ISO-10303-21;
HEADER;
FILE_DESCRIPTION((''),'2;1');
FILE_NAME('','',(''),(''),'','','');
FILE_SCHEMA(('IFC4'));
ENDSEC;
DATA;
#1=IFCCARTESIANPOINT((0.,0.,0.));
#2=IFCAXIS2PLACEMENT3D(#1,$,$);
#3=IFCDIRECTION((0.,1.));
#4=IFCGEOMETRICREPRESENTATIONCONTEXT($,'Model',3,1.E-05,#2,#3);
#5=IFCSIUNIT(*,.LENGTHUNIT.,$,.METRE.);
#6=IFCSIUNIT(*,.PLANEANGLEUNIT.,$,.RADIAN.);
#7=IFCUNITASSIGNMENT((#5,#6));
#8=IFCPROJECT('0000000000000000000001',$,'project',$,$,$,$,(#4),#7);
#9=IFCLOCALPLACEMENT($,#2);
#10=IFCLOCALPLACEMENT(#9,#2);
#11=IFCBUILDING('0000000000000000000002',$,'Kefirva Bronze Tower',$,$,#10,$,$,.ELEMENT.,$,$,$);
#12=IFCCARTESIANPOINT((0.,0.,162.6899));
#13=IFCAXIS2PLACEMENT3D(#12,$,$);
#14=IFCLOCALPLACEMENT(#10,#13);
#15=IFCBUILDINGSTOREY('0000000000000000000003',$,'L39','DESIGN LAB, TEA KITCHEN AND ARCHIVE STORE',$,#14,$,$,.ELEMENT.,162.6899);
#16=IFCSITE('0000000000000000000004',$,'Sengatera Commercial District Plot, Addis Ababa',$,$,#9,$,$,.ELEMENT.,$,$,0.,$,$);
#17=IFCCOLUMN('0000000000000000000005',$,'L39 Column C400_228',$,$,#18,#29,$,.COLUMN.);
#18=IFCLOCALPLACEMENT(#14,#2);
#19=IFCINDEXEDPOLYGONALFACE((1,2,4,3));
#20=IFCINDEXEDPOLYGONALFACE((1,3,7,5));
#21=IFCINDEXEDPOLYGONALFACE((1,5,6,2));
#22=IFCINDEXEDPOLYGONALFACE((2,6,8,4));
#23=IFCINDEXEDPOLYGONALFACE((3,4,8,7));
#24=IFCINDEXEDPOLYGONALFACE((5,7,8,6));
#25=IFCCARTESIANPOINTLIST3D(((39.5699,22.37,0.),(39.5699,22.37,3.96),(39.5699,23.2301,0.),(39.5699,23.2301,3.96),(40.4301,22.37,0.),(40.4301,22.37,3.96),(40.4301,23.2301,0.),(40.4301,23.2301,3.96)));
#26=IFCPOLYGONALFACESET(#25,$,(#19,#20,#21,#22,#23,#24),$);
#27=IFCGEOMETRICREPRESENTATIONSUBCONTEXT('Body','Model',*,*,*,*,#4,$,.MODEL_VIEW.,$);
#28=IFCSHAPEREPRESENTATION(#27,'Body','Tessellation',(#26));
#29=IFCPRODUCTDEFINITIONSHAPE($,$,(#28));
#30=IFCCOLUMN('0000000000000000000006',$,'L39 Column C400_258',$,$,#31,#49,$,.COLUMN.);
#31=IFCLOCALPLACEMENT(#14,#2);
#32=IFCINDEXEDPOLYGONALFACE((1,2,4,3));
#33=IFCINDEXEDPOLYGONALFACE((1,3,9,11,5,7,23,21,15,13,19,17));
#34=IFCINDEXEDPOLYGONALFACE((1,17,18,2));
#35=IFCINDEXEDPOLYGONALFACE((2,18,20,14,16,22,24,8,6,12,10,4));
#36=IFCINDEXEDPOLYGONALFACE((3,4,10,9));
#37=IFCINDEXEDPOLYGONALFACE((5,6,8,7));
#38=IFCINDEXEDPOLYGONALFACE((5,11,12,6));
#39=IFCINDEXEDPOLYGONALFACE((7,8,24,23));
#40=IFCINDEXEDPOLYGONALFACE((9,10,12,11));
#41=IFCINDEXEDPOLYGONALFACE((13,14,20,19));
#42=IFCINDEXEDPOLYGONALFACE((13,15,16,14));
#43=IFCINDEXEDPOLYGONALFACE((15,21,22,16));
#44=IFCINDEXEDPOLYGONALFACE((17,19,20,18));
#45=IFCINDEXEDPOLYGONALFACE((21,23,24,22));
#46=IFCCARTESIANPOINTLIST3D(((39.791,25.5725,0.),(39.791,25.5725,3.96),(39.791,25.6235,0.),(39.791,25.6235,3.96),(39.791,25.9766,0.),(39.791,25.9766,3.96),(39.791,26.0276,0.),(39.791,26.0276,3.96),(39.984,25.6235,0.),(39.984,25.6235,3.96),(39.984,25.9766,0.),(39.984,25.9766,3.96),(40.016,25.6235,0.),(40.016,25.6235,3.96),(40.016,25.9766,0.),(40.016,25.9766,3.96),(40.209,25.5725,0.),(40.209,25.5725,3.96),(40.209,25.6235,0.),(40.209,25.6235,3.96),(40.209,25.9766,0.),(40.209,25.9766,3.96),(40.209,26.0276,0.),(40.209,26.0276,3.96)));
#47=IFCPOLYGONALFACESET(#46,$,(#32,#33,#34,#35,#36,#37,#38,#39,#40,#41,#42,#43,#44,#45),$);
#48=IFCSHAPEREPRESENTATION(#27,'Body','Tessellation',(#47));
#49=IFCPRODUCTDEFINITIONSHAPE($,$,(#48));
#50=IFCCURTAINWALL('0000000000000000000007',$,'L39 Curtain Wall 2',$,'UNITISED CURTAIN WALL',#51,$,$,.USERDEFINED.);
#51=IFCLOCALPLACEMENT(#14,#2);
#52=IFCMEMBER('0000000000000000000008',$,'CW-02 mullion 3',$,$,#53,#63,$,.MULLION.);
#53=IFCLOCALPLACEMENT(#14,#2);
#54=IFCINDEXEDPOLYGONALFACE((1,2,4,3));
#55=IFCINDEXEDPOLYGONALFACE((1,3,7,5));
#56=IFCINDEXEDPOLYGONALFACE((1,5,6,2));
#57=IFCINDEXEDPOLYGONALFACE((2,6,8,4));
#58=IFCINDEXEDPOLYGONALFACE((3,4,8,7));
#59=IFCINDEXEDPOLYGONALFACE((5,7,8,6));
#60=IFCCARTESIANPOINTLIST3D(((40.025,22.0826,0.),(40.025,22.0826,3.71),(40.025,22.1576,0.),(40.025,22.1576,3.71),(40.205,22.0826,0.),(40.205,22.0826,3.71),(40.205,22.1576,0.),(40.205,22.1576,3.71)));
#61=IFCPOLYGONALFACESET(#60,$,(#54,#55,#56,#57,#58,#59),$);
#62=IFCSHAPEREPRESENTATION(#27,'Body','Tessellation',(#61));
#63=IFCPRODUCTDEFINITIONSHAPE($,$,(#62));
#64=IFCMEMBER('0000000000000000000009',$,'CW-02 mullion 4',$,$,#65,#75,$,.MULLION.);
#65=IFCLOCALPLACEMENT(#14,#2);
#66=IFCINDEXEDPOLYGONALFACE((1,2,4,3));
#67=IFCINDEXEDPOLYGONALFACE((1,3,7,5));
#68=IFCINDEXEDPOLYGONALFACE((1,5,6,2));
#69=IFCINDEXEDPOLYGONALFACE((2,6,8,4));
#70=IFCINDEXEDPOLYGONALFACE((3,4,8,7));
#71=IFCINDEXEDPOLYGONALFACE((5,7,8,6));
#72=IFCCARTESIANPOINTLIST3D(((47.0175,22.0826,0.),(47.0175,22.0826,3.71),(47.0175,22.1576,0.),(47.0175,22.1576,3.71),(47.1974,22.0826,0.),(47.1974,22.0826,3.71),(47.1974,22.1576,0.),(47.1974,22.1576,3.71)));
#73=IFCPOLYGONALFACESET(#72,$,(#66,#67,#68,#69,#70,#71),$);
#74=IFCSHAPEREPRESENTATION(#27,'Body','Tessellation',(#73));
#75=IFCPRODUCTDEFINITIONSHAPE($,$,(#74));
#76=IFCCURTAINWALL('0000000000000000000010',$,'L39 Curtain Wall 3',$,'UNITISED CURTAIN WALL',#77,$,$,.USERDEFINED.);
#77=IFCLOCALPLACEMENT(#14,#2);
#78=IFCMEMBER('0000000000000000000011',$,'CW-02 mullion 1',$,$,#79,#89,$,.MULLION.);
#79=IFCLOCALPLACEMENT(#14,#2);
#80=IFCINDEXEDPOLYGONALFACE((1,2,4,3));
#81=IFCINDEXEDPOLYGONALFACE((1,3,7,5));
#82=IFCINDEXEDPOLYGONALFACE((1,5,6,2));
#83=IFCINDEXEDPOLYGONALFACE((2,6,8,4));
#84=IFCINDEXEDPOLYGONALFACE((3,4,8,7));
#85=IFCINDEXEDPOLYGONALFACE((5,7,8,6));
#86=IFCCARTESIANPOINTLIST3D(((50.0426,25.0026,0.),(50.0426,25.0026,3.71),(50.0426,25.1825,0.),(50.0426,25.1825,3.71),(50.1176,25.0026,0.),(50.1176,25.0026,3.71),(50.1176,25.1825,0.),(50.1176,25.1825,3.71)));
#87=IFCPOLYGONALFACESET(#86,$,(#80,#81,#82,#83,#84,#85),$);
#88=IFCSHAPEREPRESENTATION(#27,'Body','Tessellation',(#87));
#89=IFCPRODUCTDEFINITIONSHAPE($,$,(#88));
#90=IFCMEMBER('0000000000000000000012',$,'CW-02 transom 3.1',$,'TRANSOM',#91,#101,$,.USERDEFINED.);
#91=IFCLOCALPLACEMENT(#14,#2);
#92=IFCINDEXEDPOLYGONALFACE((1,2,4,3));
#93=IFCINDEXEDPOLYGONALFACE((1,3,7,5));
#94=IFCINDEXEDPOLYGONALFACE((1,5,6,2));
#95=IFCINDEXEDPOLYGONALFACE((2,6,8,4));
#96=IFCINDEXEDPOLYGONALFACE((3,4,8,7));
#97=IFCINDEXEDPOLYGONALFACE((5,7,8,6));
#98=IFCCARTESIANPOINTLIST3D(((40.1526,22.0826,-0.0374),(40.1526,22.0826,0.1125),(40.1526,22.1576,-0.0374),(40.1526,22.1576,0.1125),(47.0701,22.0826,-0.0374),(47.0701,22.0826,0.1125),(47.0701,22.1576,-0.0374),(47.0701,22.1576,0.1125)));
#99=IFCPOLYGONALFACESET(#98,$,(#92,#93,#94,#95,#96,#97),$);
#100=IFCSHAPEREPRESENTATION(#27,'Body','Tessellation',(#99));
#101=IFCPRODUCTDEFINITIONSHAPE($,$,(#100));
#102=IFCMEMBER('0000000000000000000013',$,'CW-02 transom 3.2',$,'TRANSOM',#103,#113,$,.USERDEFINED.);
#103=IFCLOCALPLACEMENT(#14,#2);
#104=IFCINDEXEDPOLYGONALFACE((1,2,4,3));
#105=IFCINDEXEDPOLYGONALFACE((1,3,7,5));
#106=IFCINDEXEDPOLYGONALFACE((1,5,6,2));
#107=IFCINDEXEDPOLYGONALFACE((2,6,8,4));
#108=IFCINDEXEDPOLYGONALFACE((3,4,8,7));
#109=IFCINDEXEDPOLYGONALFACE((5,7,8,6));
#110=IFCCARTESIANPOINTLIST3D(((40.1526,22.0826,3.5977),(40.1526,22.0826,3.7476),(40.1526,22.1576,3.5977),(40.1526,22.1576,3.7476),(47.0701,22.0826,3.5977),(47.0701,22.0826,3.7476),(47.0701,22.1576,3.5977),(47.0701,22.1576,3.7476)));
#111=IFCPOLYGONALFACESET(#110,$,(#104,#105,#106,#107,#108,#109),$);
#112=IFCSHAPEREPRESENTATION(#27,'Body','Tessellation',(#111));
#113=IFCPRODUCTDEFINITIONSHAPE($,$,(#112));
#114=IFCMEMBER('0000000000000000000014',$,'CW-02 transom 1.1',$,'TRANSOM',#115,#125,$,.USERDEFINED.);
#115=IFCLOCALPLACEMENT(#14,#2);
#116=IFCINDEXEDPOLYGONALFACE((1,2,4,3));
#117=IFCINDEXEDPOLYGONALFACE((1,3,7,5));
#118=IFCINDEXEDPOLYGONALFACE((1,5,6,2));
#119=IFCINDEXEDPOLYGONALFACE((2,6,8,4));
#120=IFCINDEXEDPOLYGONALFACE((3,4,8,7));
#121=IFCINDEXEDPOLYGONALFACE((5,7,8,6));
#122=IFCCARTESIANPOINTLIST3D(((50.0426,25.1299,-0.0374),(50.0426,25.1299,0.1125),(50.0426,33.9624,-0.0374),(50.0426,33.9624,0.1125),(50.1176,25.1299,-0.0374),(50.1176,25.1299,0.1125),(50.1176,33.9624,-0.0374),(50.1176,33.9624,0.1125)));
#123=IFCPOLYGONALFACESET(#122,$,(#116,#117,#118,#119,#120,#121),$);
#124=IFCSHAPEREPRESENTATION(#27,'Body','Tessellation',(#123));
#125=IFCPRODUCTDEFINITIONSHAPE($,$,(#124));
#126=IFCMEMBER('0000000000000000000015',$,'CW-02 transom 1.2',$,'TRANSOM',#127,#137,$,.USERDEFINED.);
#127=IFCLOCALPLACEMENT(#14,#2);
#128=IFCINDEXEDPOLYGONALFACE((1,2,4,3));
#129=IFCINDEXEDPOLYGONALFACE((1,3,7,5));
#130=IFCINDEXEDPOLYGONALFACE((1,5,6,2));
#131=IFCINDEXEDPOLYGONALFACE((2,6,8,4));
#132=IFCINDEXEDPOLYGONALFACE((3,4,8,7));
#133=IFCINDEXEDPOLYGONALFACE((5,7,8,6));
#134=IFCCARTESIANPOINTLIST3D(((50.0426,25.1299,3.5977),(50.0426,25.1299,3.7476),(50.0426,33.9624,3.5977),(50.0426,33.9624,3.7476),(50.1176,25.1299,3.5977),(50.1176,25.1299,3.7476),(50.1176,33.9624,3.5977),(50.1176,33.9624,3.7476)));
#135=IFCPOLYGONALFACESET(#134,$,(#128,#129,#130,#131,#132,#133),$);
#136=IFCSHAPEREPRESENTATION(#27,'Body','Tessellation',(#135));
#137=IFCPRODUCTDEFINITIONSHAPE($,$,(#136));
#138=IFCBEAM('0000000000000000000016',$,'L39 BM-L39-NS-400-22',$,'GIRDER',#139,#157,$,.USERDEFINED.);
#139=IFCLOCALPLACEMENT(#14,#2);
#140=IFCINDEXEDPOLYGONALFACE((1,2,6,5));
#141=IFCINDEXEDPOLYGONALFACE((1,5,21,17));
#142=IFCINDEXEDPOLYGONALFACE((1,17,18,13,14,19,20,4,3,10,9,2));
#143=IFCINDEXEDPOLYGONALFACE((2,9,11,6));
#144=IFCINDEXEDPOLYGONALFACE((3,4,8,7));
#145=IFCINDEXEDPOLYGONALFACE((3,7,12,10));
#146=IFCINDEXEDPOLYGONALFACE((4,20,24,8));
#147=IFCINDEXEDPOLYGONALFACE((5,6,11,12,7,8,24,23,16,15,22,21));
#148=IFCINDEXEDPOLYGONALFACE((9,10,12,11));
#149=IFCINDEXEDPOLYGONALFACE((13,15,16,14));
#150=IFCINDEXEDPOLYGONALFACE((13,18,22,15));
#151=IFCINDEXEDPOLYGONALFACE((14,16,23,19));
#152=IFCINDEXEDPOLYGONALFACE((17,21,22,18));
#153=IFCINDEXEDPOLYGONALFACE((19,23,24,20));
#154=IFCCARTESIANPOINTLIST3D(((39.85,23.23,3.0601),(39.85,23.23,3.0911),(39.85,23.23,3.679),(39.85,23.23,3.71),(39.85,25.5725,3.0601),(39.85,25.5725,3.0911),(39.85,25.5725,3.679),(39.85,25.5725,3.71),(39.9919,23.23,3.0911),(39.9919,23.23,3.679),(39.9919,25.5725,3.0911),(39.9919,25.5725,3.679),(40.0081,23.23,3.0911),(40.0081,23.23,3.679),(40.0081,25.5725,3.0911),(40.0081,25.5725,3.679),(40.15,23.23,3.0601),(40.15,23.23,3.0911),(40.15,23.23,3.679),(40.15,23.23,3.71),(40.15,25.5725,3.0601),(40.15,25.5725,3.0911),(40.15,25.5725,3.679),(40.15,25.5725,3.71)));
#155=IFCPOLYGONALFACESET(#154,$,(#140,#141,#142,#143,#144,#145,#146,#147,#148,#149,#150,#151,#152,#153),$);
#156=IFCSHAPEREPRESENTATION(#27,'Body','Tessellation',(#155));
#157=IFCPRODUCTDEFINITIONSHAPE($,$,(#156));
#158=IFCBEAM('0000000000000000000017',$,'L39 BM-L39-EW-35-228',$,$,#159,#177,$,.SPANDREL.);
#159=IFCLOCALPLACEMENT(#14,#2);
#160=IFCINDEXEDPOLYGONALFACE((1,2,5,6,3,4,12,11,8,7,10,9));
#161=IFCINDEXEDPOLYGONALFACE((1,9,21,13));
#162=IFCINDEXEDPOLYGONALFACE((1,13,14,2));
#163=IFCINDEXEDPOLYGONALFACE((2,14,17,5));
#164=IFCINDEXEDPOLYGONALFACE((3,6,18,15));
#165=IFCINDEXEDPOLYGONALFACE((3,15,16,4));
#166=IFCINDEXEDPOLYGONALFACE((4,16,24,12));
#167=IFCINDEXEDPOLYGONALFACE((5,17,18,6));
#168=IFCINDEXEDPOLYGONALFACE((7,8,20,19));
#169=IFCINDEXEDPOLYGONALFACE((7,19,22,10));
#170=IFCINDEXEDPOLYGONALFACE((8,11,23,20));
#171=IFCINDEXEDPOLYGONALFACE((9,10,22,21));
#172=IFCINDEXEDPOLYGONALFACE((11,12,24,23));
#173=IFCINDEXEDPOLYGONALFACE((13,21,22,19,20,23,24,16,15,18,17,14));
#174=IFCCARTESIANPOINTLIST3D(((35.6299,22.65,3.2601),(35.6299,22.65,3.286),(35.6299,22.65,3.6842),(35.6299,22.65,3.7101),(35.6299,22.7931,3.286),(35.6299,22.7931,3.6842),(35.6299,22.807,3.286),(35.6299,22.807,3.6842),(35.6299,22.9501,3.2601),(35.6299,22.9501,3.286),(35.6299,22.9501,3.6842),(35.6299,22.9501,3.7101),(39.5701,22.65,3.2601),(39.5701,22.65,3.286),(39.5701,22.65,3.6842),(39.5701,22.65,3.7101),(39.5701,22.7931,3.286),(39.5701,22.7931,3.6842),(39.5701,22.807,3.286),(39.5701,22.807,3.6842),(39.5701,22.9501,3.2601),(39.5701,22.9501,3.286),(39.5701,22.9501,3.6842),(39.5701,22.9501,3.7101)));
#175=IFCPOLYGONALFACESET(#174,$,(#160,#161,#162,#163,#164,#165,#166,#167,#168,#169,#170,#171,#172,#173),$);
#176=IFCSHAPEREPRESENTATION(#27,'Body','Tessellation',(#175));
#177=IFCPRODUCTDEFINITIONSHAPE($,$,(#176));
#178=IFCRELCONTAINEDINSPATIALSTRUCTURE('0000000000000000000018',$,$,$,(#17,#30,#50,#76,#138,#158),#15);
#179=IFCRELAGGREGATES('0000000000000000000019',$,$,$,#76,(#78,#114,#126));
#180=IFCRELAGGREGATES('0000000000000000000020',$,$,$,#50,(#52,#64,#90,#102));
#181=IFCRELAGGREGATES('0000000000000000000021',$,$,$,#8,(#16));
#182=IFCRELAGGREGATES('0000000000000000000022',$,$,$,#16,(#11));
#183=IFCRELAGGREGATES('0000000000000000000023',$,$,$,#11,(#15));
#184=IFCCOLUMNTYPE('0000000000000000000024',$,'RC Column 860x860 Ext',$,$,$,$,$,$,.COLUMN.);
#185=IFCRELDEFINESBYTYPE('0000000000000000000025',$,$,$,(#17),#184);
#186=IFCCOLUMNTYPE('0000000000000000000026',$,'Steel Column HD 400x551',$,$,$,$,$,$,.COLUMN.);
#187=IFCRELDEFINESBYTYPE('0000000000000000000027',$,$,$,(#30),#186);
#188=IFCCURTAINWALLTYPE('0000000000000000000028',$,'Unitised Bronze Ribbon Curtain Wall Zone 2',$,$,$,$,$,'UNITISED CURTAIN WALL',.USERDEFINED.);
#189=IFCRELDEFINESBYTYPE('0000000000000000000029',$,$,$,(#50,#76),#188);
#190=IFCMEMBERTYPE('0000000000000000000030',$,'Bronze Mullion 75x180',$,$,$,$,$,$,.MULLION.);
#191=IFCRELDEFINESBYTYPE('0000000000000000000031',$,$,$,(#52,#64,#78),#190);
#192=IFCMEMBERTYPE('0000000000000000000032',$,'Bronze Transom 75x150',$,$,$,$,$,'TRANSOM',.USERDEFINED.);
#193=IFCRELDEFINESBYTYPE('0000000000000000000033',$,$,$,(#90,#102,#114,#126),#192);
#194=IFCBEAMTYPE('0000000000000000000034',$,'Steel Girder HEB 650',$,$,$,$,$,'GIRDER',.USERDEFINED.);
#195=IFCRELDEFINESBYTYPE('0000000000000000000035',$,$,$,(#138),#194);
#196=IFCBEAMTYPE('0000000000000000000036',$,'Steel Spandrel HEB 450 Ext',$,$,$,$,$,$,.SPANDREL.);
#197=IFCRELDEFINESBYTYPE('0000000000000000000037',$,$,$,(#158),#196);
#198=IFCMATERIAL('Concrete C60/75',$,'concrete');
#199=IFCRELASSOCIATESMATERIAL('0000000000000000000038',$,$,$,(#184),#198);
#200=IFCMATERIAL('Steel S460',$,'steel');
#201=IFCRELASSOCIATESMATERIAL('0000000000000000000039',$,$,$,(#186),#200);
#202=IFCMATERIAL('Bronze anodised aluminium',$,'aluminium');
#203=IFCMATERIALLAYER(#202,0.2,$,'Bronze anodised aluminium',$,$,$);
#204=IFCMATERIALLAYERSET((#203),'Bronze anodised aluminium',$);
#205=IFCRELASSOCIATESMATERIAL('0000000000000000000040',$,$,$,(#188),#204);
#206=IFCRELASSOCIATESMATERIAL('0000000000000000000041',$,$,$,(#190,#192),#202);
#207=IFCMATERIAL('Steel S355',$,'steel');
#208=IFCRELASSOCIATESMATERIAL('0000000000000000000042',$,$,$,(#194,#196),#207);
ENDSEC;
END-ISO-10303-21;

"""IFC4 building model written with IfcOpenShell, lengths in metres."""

from ifc_helpers import new_model, si_unit, direction, frame, origin, origin_2d, place, context, subcontext, project, spatial, rectangle, i_section, extrude, material, layer, layer_set, material_profile, profile_set, type_object, element, aggregate, save


model = new_model("IFC4")

# Units and contexts
model_context = context("Model", 3, precision=1e-05, world=origin(), true_north=direction((0.0, 1.0)))
body_context = subcontext(model_context, "Body", "Model", "MODEL_VIEW")
ifc_project = project(units=[si_unit("LENGTHUNIT", "METRE"), si_unit("PLANEANGLEUNIT", "RADIAN")], contexts=[model_context])

# Site, building, storey
site_placement = place(None, origin())
site = spatial("IfcSite", under=ifc_project, at=site_placement, Name="Sengatera Commercial District Plot, Addis Ababa", CompositionType="ELEMENT", RefElevation=0.0)
building_placement = place(site_placement, origin())
building = spatial("IfcBuilding", under=site, at=building_placement, Name="Kefirva Bronze Tower", CompositionType="ELEMENT")
storey_placement = place(building_placement, frame((0.0, 0.0, 162.6899)))
storey = spatial("IfcBuildingStorey", under=building, at=storey_placement, Name="L39", Description="DESIGN LAB, TEA KITCHEN AND ARCHIVE STORE", CompositionType="ELEMENT", Elevation=162.6899)

# Columns
ifc_material_1 = material(Name="Concrete C60/75", Category="concrete")
ifc_material_profile_1 = material_profile(ifc_material_1, rectangle(XDim=0.8601, YDim=0.8601, at=origin_2d()), Name="RC 860x860")
ifc_profile_set_1 = profile_set([ifc_material_profile_1], Name="Concrete C60/75")
column_type_1 = type_object("IfcColumnType", Name="RC Column 860x860 Ext", PredefinedType="COLUMN", material=ifc_profile_set_1)
column_1_placement = place(storey_placement, frame((40.0, 22.8, 0.0), z_axis=(0.0, 0.0, 1.0), x_axis=(1.0, 0.0, 0.0)))
element("IfcColumn", 1, at=column_1_placement, inside=storey, type_object=column_type_1, Name="L39 Column C400_228", PredefinedType="COLUMN", context=body_context, shape_type="SweptSolid", body=[
    extrude(rectangle(XDim=0.8601, YDim=0.8601, at=origin_2d()), origin(), (0.0, 0.0, 1.0), 3.96),
])
ifc_material_2 = material(Name="Steel S460", Category="steel")
ifc_material_profile_2 = material_profile(ifc_material_2, i_section(OverallWidth=0.418, OverallDepth=0.4551, WebThickness=0.032, FlangeThickness=0.051, at=origin_2d()), Name="HD 400x551")
ifc_profile_set_2 = profile_set([ifc_material_profile_2], Name="Steel S460")
column_type_2 = type_object("IfcColumnType", Name="Steel Column HD 400x551", PredefinedType="COLUMN", material=ifc_profile_set_2)
column_2_placement = place(storey_placement, frame((40.0, 25.8, 0.0), z_axis=(0.0, 0.0, 1.0), x_axis=(1.0, 0.0, 0.0)))
element("IfcColumn", 2, at=column_2_placement, inside=storey, type_object=column_type_2, Name="L39 Column C400_258", PredefinedType="COLUMN", context=body_context, shape_type="SweptSolid", body=[
    extrude(i_section(OverallWidth=0.418, OverallDepth=0.4551, WebThickness=0.032, FlangeThickness=0.051, at=origin_2d()), origin(), (0.0, 0.0, 1.0), 3.96),
])

# Curtain wall, members
ifc_material_3 = material(Name="Bronze anodised aluminium", Category="aluminium")
ifc_layer_1 = layer(ifc_material_3, 0.2, Name="Bronze anodised aluminium")
ifc_layer_set_1 = layer_set([ifc_layer_1], Name="Bronze anodised aluminium")
curtain_wall_type = type_object("IfcCurtainWallType", Name="Unitised Bronze Ribbon Curtain Wall Zone 2", ElementType="UNITISED CURTAIN WALL", PredefinedType="USERDEFINED", material=ifc_layer_set_1)
curtain_wall_1_placement = place(storey_placement, origin())
curtain_wall_1 = element("IfcCurtainWall", 3, at=curtain_wall_1_placement, inside=storey, type_object=curtain_wall_type, Name="L39 Curtain Wall 2", ObjectType="UNITISED CURTAIN WALL", PredefinedType="USERDEFINED")
ifc_material_profile_3 = material_profile(ifc_material_3, rectangle(XDim=0.075, YDim=0.1799, at=origin_2d()), Name="ALU 75x180")
ifc_profile_set_3 = profile_set([ifc_material_profile_3], Name="Bronze anodised aluminium")
member_type_1 = type_object("IfcMemberType", Name="Bronze Mullion 75x180", PredefinedType="MULLION", material=ifc_profile_set_3)
member_1_placement = place(storey_placement, frame((40.115, 22.1201, 0.0), z_axis=(0.0, 0.0, 1.0), x_axis=(0.0, 1.0, 0.0)))
member_1 = element("IfcMember", 4, at=member_1_placement, type_object=member_type_1, Name="CW-02 mullion 3", PredefinedType="MULLION", context=body_context, shape_type="SweptSolid", body=[
    extrude(rectangle(XDim=0.075, YDim=0.1799, at=origin_2d()), origin(), (0.0, 0.0, 1.0), 3.71),
])
member_2_placement = place(storey_placement, frame((47.1074, 22.1201, 0.0), z_axis=(0.0, 0.0, 1.0), x_axis=(0.0, 1.0, 0.0)))
member_2 = element("IfcMember", 5, at=member_2_placement, type_object=member_type_1, Name="CW-02 mullion 4", PredefinedType="MULLION", context=body_context, shape_type="SweptSolid", body=[
    extrude(rectangle(XDim=0.075, YDim=0.1799, at=origin_2d()), origin(), (0.0, 0.0, 1.0), 3.71),
])

# Curtain wall, member
curtain_wall_2_placement = place(storey_placement, origin())
curtain_wall_2 = element("IfcCurtainWall", 6, at=curtain_wall_2_placement, inside=storey, type_object=curtain_wall_type, Name="L39 Curtain Wall 3", ObjectType="UNITISED CURTAIN WALL", PredefinedType="USERDEFINED")
member_3_placement = place(storey_placement, frame((50.0801, 25.0925, 0.0), z_axis=(0.0, 0.0, 1.0), x_axis=(-1.0, 0.0, 0.0)))
member_3 = element("IfcMember", 7, at=member_3_placement, type_object=member_type_1, Name="CW-02 mullion 1", PredefinedType="MULLION", context=body_context, shape_type="SweptSolid", body=[
    extrude(rectangle(XDim=0.075, YDim=0.1799, at=origin_2d()), origin(), (0.0, 0.0, 1.0), 3.71),
])

# Members
ifc_material_profile_4 = material_profile(ifc_material_3, rectangle(XDim=0.075, YDim=0.1499, at=origin_2d()), Name="ALU 75x150")
ifc_profile_set_4 = profile_set([ifc_material_profile_4], Name="Bronze anodised aluminium")
member_type_2 = type_object("IfcMemberType", Name="Bronze Transom 75x150", ElementType="TRANSOM", PredefinedType="USERDEFINED", material=ifc_profile_set_4)
member_4_placement = place(storey_placement, frame((40.1526, 22.1201, 0.0376), z_axis=(1.0, 0.0, 0.0), x_axis=(0.0, 1.0, 0.0)))
member_4 = element("IfcMember", 8, at=member_4_placement, type_object=member_type_2, Name="CW-02 transom 3.1", ObjectType="TRANSOM", PredefinedType="USERDEFINED", context=body_context, shape_type="SweptSolid", body=[
    extrude(rectangle(XDim=0.075, YDim=0.1499, at=origin_2d()), origin(), (0.0, 0.0, 1.0), 6.9175),
])
member_5_placement = place(storey_placement, frame((40.1526, 22.1201, 3.6726), z_axis=(1.0, 0.0, 0.0), x_axis=(0.0, 1.0, 0.0)))
member_5 = element("IfcMember", 9, at=member_5_placement, type_object=member_type_2, Name="CW-02 transom 3.2", ObjectType="TRANSOM", PredefinedType="USERDEFINED", context=body_context, shape_type="SweptSolid", body=[
    extrude(rectangle(XDim=0.075, YDim=0.1499, at=origin_2d()), origin(), (0.0, 0.0, 1.0), 6.9175),
])
member_6_placement = place(storey_placement, frame((50.0801, 25.1299, 0.0376), z_axis=(0.0, 1.0, 0.0), x_axis=(-1.0, 0.0, 0.0)))
member_6 = element("IfcMember", 10, at=member_6_placement, type_object=member_type_2, Name="CW-02 transom 1.1", ObjectType="TRANSOM", PredefinedType="USERDEFINED", context=body_context, shape_type="SweptSolid", body=[
    extrude(rectangle(XDim=0.075, YDim=0.1499, at=origin_2d()), origin(), (0.0, 0.0, 1.0), 8.8325),
])
member_7_placement = place(storey_placement, frame((50.0801, 25.1299, 3.6726), z_axis=(0.0, 1.0, 0.0), x_axis=(-1.0, 0.0, 0.0)))
member_7 = element("IfcMember", 11, at=member_7_placement, type_object=member_type_2, Name="CW-02 transom 1.2", ObjectType="TRANSOM", PredefinedType="USERDEFINED", context=body_context, shape_type="SweptSolid", body=[
    extrude(rectangle(XDim=0.075, YDim=0.1499, at=origin_2d()), origin(), (0.0, 0.0, 1.0), 8.8325),
])
aggregate(curtain_wall_2, [member_3, member_6, member_7])

# Beams
ifc_material_4 = material(Name="Steel S355", Category="steel")
ifc_material_profile_5 = material_profile(ifc_material_4, i_section(OverallWidth=0.3, OverallDepth=0.6499, WebThickness=0.0161, FlangeThickness=0.031, at=origin_2d()), Name="HEB 650")
ifc_profile_set_5 = profile_set([ifc_material_profile_5], Name="Steel S355")
beam_type_1 = type_object("IfcBeamType", Name="Steel Girder HEB 650", ElementType="GIRDER", PredefinedType="USERDEFINED", material=ifc_profile_set_5)
beam_1_placement = place(storey_placement, frame((40.0, 23.23, 3.385), z_axis=(0.0, 1.0, 0.0), x_axis=(-1.0, 0.0, 0.0)))
element("IfcBeam", 12, at=beam_1_placement, inside=storey, type_object=beam_type_1, Name="L39 BM-L39-NS-400-22", ObjectType="GIRDER", PredefinedType="USERDEFINED", context=body_context, shape_type="SweptSolid", body=[
    extrude(i_section(OverallWidth=0.3, OverallDepth=0.6499, WebThickness=0.0161, FlangeThickness=0.031, at=origin_2d()), origin(), (0.0, 0.0, 1.0), 2.3425),
])
ifc_material_profile_6 = material_profile(ifc_material_4, i_section(OverallWidth=0.3, OverallDepth=0.45, WebThickness=0.0139, FlangeThickness=0.0259, at=origin_2d()), Name="HEB 450")
ifc_profile_set_6 = profile_set([ifc_material_profile_6], Name="Steel S355")
beam_type_2 = type_object("IfcBeamType", Name="Steel Spandrel HEB 450 Ext", PredefinedType="SPANDREL", material=ifc_profile_set_6)
beam_2_placement = place(storey_placement, frame((35.6299, 22.8, 3.4851), z_axis=(1.0, 0.0, 0.0), x_axis=(0.0, 1.0, 0.0)))
element("IfcBeam", 13, at=beam_2_placement, inside=storey, type_object=beam_type_2, Name="L39 BM-L39-EW-35-228", PredefinedType="SPANDREL", context=body_context, shape_type="SweptSolid", body=[
    extrude(i_section(OverallWidth=0.3, OverallDepth=0.45, WebThickness=0.0139, FlangeThickness=0.0259, at=origin_2d()), origin(), (0.0, 0.0, 1.0), 3.9402),
])

aggregate(curtain_wall_1, [member_1, member_2, member_4, member_5])

save(model, "model.ifc")
